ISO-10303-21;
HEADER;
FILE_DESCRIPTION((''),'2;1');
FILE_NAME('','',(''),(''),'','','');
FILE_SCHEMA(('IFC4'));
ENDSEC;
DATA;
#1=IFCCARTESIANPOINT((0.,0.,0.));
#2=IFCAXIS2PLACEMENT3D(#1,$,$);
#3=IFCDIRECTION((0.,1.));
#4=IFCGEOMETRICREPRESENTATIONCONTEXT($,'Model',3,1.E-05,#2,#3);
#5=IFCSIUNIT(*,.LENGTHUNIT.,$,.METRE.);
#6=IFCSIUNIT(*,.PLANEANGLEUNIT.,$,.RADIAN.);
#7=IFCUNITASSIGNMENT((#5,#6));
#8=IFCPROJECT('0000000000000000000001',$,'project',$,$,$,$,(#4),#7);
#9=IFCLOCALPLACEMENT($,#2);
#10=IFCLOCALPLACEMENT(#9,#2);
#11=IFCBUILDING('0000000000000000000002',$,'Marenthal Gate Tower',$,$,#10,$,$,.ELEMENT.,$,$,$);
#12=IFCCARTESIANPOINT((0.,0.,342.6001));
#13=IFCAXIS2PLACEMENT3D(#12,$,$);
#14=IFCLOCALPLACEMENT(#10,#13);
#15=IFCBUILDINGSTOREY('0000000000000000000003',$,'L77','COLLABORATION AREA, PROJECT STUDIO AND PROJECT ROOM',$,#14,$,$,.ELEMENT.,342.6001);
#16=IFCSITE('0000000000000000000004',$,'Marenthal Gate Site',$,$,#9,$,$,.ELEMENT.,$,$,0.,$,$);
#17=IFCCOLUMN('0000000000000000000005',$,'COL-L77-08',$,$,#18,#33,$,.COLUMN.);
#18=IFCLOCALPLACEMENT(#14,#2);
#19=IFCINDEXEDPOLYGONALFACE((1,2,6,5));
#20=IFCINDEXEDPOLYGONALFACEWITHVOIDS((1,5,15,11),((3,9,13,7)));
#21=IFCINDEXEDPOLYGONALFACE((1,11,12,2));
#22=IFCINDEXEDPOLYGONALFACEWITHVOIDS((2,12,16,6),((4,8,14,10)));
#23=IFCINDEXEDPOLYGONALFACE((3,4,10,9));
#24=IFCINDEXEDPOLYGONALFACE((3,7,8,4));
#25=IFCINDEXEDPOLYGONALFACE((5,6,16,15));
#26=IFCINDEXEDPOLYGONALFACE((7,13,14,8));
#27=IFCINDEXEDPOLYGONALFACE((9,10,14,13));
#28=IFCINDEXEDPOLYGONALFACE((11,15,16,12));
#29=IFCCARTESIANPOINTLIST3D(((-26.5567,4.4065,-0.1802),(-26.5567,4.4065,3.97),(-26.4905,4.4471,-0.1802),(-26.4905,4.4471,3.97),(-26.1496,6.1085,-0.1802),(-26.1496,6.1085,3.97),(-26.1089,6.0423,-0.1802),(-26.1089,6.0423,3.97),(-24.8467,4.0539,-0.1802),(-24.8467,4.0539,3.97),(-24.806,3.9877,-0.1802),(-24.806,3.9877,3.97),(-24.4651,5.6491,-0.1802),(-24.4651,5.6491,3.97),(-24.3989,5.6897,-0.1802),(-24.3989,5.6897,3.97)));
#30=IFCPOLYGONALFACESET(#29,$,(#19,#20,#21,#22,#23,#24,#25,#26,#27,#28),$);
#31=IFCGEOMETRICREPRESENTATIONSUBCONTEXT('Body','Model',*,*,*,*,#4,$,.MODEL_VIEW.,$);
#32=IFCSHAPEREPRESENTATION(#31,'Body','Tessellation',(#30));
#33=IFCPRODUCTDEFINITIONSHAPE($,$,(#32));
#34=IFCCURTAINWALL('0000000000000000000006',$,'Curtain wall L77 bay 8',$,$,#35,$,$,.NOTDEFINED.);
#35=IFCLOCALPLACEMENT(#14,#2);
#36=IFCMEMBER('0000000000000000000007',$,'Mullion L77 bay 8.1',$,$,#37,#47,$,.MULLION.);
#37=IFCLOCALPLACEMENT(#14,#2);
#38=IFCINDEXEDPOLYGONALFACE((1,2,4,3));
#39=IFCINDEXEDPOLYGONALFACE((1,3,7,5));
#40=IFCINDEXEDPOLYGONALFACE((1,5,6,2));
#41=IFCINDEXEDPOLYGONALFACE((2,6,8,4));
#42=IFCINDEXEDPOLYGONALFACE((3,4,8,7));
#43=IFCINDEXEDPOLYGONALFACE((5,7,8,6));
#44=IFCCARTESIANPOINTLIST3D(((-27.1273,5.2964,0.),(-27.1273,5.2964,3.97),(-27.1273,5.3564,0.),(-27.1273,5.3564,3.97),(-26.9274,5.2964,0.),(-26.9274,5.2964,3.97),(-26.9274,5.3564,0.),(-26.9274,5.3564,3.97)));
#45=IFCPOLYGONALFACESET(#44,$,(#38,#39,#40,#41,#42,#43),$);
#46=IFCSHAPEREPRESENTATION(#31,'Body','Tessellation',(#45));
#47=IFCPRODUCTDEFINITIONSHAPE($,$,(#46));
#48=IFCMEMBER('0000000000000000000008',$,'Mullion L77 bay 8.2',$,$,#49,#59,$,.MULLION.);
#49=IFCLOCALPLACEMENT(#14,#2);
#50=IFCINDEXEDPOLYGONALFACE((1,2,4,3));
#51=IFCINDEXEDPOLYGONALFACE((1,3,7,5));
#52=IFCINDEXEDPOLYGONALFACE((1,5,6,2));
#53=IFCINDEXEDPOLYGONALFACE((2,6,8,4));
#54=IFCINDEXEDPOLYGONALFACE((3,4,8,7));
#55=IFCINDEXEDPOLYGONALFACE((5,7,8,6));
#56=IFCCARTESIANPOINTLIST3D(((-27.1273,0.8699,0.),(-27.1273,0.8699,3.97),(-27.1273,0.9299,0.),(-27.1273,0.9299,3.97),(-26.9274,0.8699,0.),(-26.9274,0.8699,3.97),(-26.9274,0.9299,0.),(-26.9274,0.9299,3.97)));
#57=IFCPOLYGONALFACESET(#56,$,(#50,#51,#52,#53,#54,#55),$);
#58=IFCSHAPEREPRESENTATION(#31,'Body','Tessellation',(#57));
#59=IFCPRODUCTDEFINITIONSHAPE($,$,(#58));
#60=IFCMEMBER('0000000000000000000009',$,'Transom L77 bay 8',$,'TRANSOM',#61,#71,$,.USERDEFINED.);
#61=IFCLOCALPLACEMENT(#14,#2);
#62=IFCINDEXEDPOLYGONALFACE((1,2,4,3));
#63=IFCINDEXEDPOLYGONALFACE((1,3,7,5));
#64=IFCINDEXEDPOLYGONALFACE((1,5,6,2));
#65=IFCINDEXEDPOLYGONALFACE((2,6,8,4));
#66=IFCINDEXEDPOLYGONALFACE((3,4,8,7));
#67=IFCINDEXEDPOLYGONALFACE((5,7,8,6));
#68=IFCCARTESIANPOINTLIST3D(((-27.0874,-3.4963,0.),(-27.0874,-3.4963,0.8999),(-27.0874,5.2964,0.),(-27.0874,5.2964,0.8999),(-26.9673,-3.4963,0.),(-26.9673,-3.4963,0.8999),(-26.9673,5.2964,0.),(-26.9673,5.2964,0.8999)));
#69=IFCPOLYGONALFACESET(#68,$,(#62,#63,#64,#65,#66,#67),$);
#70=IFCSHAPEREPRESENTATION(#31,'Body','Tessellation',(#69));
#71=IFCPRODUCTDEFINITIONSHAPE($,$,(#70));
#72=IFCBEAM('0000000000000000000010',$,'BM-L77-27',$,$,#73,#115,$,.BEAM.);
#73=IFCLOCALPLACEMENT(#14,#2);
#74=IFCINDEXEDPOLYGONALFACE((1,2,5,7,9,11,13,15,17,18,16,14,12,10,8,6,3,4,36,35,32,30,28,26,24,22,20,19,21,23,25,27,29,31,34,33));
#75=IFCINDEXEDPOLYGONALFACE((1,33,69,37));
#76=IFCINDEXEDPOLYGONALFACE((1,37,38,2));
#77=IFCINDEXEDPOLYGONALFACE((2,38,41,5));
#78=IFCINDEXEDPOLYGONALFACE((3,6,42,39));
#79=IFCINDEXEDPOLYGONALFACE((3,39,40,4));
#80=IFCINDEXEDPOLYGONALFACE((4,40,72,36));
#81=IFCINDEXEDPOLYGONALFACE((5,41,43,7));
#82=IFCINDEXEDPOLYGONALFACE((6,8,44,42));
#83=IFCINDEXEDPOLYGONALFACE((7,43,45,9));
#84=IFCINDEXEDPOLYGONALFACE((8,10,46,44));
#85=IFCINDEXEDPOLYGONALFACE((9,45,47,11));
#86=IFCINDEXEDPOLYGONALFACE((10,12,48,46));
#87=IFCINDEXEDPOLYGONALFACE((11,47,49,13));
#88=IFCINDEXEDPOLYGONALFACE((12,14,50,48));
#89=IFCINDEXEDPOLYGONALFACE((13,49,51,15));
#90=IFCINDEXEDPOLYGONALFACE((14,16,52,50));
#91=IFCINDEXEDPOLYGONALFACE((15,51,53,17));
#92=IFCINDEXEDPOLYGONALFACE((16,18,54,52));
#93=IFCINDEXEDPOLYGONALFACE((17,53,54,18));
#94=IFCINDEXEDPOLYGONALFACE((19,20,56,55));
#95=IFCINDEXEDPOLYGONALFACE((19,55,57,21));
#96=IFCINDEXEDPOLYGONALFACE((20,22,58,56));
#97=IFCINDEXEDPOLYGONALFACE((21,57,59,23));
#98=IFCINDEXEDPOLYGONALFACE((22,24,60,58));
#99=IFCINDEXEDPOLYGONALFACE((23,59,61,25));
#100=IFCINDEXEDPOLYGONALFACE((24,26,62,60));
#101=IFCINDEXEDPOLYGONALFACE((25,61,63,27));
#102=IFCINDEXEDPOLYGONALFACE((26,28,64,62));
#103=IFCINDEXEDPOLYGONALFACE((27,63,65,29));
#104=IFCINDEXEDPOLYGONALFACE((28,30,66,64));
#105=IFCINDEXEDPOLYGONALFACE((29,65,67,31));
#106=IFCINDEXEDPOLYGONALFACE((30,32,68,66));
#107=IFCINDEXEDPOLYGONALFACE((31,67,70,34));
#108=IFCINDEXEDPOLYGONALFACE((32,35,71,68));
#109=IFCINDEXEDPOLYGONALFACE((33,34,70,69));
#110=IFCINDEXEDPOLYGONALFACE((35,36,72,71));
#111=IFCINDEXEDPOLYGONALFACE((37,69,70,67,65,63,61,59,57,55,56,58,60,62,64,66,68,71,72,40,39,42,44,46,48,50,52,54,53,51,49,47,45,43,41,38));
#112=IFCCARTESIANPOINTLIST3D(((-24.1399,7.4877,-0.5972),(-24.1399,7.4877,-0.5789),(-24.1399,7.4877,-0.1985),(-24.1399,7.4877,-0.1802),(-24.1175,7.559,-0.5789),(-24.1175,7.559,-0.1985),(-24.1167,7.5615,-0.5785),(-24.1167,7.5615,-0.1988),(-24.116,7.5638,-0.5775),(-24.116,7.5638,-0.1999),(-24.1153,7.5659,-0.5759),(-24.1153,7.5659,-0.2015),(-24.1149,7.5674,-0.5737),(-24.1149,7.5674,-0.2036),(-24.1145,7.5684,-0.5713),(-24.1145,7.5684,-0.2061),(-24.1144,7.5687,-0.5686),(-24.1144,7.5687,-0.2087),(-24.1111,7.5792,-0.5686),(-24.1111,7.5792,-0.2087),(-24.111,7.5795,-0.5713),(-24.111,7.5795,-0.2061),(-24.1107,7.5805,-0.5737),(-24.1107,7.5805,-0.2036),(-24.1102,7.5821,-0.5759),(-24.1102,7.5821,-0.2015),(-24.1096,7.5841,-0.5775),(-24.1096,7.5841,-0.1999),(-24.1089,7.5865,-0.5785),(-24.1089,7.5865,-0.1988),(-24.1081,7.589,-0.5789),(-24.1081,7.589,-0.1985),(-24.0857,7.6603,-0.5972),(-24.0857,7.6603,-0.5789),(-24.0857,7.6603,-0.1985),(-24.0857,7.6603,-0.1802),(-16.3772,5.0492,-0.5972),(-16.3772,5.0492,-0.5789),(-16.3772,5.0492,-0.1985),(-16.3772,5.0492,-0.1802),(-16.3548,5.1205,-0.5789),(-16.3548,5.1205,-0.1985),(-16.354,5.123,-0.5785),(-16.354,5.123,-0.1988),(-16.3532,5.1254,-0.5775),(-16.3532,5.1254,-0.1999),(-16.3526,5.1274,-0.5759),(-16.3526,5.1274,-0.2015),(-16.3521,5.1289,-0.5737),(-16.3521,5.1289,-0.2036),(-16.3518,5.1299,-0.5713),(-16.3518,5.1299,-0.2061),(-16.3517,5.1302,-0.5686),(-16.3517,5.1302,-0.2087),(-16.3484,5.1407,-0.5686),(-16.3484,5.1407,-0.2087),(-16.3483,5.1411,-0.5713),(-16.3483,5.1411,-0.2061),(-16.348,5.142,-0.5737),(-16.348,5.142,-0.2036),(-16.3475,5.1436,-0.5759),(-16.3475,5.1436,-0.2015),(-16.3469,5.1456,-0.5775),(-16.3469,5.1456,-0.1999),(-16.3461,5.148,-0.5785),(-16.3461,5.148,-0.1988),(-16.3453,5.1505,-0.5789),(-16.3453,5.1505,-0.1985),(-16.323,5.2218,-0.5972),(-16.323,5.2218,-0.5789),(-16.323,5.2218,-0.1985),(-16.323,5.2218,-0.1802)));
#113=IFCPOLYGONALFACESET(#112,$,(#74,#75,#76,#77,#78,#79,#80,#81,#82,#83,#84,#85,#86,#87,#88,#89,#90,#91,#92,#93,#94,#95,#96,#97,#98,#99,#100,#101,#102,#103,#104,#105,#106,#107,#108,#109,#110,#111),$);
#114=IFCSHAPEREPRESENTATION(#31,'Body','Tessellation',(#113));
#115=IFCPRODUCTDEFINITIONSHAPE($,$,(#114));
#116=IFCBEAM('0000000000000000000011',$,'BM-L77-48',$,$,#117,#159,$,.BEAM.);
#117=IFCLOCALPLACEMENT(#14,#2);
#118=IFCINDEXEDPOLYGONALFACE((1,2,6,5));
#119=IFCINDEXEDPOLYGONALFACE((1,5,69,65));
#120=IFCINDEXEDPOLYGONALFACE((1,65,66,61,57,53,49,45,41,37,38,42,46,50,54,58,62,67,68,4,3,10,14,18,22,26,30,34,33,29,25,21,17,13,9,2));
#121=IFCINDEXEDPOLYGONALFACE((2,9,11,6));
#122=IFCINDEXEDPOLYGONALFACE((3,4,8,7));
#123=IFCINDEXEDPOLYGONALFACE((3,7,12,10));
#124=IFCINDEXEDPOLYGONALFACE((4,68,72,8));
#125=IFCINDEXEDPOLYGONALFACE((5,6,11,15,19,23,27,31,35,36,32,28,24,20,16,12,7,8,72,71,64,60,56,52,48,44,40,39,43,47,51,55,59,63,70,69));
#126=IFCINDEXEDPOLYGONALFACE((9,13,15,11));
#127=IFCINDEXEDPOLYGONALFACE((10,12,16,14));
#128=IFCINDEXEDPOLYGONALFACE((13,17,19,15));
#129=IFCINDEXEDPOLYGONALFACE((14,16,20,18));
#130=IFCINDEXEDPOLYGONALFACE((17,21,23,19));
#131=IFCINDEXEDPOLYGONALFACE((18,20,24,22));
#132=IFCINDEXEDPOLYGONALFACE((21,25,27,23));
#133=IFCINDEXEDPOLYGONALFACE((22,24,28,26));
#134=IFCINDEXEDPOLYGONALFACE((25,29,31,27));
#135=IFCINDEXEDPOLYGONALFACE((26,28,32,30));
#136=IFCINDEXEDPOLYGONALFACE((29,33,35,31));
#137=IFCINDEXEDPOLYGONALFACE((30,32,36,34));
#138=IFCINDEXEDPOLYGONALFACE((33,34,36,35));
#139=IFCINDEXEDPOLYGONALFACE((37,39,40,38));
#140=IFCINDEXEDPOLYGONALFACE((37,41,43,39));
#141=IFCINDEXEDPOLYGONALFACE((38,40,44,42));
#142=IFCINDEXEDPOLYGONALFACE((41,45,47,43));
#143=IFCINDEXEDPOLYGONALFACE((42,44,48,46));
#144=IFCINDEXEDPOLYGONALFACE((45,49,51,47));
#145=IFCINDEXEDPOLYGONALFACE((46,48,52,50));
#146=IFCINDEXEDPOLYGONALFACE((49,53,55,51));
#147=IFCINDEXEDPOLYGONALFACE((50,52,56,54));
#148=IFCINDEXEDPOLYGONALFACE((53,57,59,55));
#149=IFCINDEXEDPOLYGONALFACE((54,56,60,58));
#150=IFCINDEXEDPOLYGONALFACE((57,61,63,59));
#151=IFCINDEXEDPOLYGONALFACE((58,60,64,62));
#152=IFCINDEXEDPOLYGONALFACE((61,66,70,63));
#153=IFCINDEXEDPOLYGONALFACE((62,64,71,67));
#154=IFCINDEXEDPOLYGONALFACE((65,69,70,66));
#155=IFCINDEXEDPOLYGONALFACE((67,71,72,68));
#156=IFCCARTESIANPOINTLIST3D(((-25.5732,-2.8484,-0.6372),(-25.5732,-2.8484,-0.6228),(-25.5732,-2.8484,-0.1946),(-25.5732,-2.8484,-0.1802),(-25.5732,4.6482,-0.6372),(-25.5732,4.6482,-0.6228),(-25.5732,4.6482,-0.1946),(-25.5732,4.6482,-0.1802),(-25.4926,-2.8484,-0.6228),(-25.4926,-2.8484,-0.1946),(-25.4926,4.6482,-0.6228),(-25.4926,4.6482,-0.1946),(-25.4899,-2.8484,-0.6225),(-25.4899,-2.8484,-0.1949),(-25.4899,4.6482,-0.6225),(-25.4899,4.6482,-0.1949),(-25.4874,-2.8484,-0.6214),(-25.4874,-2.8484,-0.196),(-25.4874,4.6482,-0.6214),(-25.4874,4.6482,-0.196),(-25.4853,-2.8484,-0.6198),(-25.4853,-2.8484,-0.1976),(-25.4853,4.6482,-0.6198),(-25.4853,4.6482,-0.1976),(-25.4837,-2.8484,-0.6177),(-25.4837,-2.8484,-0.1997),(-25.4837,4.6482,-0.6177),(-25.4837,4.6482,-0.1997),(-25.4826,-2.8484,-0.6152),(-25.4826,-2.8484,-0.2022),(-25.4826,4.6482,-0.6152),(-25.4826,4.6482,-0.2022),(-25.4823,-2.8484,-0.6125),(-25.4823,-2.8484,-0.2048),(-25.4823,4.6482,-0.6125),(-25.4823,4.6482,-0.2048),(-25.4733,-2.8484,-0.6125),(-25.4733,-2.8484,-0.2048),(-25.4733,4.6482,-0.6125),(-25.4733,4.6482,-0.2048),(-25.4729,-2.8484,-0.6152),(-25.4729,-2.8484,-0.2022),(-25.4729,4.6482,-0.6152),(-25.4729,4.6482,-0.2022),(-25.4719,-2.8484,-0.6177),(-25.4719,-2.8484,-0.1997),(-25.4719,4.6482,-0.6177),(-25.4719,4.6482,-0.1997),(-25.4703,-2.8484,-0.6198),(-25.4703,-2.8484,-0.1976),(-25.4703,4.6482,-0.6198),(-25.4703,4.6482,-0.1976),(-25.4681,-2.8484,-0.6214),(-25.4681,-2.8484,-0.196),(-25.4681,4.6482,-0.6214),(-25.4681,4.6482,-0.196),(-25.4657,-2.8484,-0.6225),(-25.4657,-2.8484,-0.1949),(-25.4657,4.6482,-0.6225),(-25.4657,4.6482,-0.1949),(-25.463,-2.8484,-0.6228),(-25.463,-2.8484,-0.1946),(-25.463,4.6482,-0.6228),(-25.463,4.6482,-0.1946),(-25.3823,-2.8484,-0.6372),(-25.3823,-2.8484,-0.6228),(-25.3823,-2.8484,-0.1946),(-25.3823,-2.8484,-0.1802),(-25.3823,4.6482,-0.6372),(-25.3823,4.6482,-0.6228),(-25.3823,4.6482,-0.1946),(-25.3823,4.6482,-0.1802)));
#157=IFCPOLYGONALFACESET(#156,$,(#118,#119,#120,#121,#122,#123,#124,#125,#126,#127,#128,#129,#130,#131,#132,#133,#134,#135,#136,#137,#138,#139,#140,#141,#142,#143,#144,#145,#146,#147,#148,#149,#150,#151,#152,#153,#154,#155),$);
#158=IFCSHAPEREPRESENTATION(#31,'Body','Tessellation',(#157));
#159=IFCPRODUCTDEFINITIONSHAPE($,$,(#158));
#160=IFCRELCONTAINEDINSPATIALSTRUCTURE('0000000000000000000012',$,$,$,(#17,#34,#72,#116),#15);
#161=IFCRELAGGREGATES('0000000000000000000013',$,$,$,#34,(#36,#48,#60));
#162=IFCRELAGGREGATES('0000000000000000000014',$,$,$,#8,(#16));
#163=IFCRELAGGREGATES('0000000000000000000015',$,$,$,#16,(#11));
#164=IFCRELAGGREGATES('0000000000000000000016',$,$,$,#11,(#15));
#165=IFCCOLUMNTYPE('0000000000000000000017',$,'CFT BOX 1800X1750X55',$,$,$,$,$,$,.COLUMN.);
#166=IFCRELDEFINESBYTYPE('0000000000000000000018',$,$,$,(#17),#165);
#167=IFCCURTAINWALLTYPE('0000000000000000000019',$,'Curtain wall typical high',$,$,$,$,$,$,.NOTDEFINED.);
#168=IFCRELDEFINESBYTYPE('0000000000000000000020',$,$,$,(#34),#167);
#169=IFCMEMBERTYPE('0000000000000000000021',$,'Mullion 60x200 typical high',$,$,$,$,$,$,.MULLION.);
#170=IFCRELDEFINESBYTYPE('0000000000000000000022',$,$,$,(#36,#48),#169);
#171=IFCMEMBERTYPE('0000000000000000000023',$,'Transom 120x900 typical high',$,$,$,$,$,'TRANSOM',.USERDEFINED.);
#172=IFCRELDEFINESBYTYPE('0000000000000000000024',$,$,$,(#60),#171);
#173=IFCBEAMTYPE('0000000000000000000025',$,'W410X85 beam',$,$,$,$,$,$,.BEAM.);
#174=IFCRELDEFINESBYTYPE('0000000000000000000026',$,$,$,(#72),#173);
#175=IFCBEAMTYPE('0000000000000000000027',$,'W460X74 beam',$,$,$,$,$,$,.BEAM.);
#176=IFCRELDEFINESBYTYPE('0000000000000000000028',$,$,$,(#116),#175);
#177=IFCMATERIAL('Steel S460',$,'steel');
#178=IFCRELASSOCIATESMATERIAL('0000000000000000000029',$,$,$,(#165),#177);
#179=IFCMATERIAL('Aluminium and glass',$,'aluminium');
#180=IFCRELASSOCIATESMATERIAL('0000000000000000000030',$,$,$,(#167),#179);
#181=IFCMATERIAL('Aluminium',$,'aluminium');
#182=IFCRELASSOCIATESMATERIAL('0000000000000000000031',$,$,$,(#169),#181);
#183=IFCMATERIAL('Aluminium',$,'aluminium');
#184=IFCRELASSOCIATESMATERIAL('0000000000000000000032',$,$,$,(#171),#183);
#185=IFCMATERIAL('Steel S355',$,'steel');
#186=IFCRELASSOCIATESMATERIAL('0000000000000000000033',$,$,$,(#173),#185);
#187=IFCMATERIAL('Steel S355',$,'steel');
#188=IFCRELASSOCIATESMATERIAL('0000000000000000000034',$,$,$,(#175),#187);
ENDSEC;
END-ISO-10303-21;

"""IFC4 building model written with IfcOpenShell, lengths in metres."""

from ifc_helpers import new_model, si_unit, direction, frame, origin, origin_2d, place, context, subcontext, project, spatial, rectangle, hollow_rectangle, i_section, extrude, material, material_profile, profile_set, type_object, element, aggregate, save


model = new_model("IFC4")

# Units and contexts
model_context = context("Model", 3, precision=1e-05, world=origin(), true_north=direction((0.0, 1.0)))
body_context = subcontext(model_context, "Body", "Model", "MODEL_VIEW")
ifc_project = project(units=[si_unit("LENGTHUNIT", "METRE"), si_unit("PLANEANGLEUNIT", "RADIAN")], contexts=[model_context])

# Site, building, storey
site_placement = place(None, origin())
site = spatial("IfcSite", under=ifc_project, at=site_placement, Name="Marenthal Gate Site", CompositionType="ELEMENT", RefElevation=0.0)
building_placement = place(site_placement, origin())
building = spatial("IfcBuilding", under=site, at=building_placement, Name="Marenthal Gate Tower", CompositionType="ELEMENT")
storey_placement = place(building_placement, frame((0.0, 0.0, 342.6001)))
storey = spatial("IfcBuildingStorey", under=building, at=storey_placement, Name="L77", Description="COLLABORATION AREA, PROJECT STUDIO AND PROJECT ROOM", CompositionType="ELEMENT", Elevation=342.6001)

# Column
ifc_material_1 = material(Name="Steel S460", Category="steel")
ifc_material_profile_1 = material_profile(ifc_material_1, hollow_rectangle(XDim=1.75, YDim=1.8, WallThickness=0.0549, at=origin_2d()), Name="CFT BOX 1800X1750X55")
ifc_material_2 = material(Name="Concrete 70 MPa", Category="concrete")
ifc_material_profile_2 = material_profile(ifc_material_2, rectangle(XDim=1.6399, YDim=1.6899, at=origin_2d()), Name="CFT BOX 1800X1750X55 INFILL")
ifc_profile_set_1 = profile_set([ifc_material_profile_1, ifc_material_profile_2], Name="Steel S460 shell, Concrete 70 MPa infill")
column_type = type_object("IfcColumnType", Name="CFT BOX 1800X1750X55", PredefinedType="COLUMN", material=ifc_profile_set_1)
column_placement = place(storey_placement, frame((-25.4778, 5.0481, -0.1802), z_axis=(0.0, 0.0, 1.0), x_axis=(0.232643, 0.972562, 0.0)))
element("IfcColumn", 1, at=column_placement, inside=storey, type_object=column_type, Name="COL-L77-08", PredefinedType="COLUMN", context=body_context, shape_type="SweptSolid", body=[
    extrude(hollow_rectangle(XDim=1.75, YDim=1.8, WallThickness=0.0549, at=origin_2d()), origin(), (0.0, 0.0, 1.0), 4.1501),
])

# Curtain wall, members
ifc_material_3 = material(Name="Aluminium and glass", Category="aluminium")
curtain_wall_type = type_object("IfcCurtainWallType", Name="Curtain wall typical high", PredefinedType="NOTDEFINED", material=ifc_material_3)
curtain_wall_placement = place(storey_placement, origin())
curtain_wall = element("IfcCurtainWall", 2, at=curtain_wall_placement, inside=storey, type_object=curtain_wall_type, Name="Curtain wall L77 bay 8", PredefinedType="NOTDEFINED")
ifc_material_4 = material(Name="Aluminium", Category="aluminium")
ifc_material_profile_3 = material_profile(ifc_material_4, rectangle(XDim=0.2, YDim=0.0601, at=origin_2d()), Name="60x200 aluminium mullion")
ifc_profile_set_2 = profile_set([ifc_material_profile_3], Name="Aluminium")
member_type_1 = type_object("IfcMemberType", Name="Mullion 60x200 typical high", PredefinedType="MULLION", material=ifc_profile_set_2)
member_1_placement = place(storey_placement, frame((-27.0273, 5.3264, 0.0), z_axis=(0.0, 0.0, 1.0), x_axis=(1.0, 0.0, 0.0)))
member_1 = element("IfcMember", 3, at=member_1_placement, type_object=member_type_1, Name="Mullion L77 bay 8.1", PredefinedType="MULLION", context=body_context, shape_type="SweptSolid", body=[
    extrude(rectangle(XDim=0.2, YDim=0.0601, at=origin_2d()), origin(), (0.0, 0.0, 1.0), 3.97),
])
member_2_placement = place(storey_placement, frame((-27.0273, 0.8999, 0.0), z_axis=(0.0, 0.0, 1.0), x_axis=(1.0, 0.0, 0.0)))
member_2 = element("IfcMember", 4, at=member_2_placement, type_object=member_type_1, Name="Mullion L77 bay 8.2", PredefinedType="MULLION", context=body_context, shape_type="SweptSolid", body=[
    extrude(rectangle(XDim=0.2, YDim=0.0601, at=origin_2d()), origin(), (0.0, 0.0, 1.0), 3.97),
])
ifc_material_5 = material(Name="Aluminium", Category="aluminium")
ifc_material_profile_4 = material_profile(ifc_material_5, rectangle(XDim=0.1201, YDim=0.8999, at=origin_2d()), Name="120x900 aluminium transom")
ifc_profile_set_3 = profile_set([ifc_material_profile_4], Name="Aluminium")
member_type_2 = type_object("IfcMemberType", Name="Transom 120x900 typical high", ElementType="TRANSOM", PredefinedType="USERDEFINED", material=ifc_profile_set_3)
member_3_placement = place(storey_placement, frame((-27.0273, 5.2964, 0.45), z_axis=(0.0, -1.0, 0.0), x_axis=(1.0, 0.0, 0.0)))
member_3 = element("IfcMember", 5, at=member_3_placement, type_object=member_type_2, Name="Transom L77 bay 8", ObjectType="TRANSOM", PredefinedType="USERDEFINED", context=body_context, shape_type="SweptSolid", body=[
    extrude(rectangle(XDim=0.1201, YDim=0.8999, at=origin_2d()), origin(), (0.0, 0.0, 1.0), 8.7927),
])

# Beams
ifc_material_6 = material(Name="Steel S355", Category="steel")
ifc_material_profile_5 = material_profile(ifc_material_6, i_section(OverallWidth=0.1809, OverallDepth=0.417, WebThickness=0.011, FlangeThickness=0.0183, FilletRadius=0.0103, at=origin_2d()), Name="W410X85")
ifc_profile_set_4 = profile_set([ifc_material_profile_5], Name="Steel S355")
beam_type_1 = type_object("IfcBeamType", Name="W410X85 beam", PredefinedType="BEAM", material=ifc_profile_set_4)
beam_1_placement = place(storey_placement, frame((-24.1128, 7.574, -0.3887), z_axis=(0.954037, -0.299689, 0.0), x_axis=(0.299689, 0.954037, 0.0)))
element("IfcBeam", 6, at=beam_1_placement, inside=storey, type_object=beam_type_1, Name="BM-L77-27", PredefinedType="BEAM", context=body_context, shape_type="SweptSolid", body=[
    extrude(i_section(OverallWidth=0.1809, OverallDepth=0.417, WebThickness=0.011, FlangeThickness=0.0183, FilletRadius=0.0103, at=origin_2d()), origin(), (0.0, 0.0, 1.0), 8.1367),
])
ifc_material_7 = material(Name="Steel S355", Category="steel")
ifc_material_profile_6 = material_profile(ifc_material_7, i_section(OverallWidth=0.1909, OverallDepth=0.457, WebThickness=0.009, FlangeThickness=0.0144, FilletRadius=0.0103, at=origin_2d()), Name="W460X74")
ifc_profile_set_5 = profile_set([ifc_material_profile_6], Name="Steel S355")
beam_type_2 = type_object("IfcBeamType", Name="W460X74 beam", PredefinedType="BEAM", material=ifc_profile_set_5)
beam_2_placement = place(storey_placement, frame((-25.4778, 4.6482, -0.4087), z_axis=(0.0, -1.0, 0.0), x_axis=(1.0, 0.0, 0.0)))
element("IfcBeam", 7, at=beam_2_placement, inside=storey, type_object=beam_type_2, Name="BM-L77-48", PredefinedType="BEAM", context=body_context, shape_type="SweptSolid", body=[
    extrude(i_section(OverallWidth=0.1909, OverallDepth=0.457, WebThickness=0.009, FlangeThickness=0.0144, FilletRadius=0.0103, at=origin_2d()), origin(), (0.0, 0.0, 1.0), 7.4966),
])

aggregate(curtain_wall, [member_1, member_2, member_3])

save(model, "model.ifc")
